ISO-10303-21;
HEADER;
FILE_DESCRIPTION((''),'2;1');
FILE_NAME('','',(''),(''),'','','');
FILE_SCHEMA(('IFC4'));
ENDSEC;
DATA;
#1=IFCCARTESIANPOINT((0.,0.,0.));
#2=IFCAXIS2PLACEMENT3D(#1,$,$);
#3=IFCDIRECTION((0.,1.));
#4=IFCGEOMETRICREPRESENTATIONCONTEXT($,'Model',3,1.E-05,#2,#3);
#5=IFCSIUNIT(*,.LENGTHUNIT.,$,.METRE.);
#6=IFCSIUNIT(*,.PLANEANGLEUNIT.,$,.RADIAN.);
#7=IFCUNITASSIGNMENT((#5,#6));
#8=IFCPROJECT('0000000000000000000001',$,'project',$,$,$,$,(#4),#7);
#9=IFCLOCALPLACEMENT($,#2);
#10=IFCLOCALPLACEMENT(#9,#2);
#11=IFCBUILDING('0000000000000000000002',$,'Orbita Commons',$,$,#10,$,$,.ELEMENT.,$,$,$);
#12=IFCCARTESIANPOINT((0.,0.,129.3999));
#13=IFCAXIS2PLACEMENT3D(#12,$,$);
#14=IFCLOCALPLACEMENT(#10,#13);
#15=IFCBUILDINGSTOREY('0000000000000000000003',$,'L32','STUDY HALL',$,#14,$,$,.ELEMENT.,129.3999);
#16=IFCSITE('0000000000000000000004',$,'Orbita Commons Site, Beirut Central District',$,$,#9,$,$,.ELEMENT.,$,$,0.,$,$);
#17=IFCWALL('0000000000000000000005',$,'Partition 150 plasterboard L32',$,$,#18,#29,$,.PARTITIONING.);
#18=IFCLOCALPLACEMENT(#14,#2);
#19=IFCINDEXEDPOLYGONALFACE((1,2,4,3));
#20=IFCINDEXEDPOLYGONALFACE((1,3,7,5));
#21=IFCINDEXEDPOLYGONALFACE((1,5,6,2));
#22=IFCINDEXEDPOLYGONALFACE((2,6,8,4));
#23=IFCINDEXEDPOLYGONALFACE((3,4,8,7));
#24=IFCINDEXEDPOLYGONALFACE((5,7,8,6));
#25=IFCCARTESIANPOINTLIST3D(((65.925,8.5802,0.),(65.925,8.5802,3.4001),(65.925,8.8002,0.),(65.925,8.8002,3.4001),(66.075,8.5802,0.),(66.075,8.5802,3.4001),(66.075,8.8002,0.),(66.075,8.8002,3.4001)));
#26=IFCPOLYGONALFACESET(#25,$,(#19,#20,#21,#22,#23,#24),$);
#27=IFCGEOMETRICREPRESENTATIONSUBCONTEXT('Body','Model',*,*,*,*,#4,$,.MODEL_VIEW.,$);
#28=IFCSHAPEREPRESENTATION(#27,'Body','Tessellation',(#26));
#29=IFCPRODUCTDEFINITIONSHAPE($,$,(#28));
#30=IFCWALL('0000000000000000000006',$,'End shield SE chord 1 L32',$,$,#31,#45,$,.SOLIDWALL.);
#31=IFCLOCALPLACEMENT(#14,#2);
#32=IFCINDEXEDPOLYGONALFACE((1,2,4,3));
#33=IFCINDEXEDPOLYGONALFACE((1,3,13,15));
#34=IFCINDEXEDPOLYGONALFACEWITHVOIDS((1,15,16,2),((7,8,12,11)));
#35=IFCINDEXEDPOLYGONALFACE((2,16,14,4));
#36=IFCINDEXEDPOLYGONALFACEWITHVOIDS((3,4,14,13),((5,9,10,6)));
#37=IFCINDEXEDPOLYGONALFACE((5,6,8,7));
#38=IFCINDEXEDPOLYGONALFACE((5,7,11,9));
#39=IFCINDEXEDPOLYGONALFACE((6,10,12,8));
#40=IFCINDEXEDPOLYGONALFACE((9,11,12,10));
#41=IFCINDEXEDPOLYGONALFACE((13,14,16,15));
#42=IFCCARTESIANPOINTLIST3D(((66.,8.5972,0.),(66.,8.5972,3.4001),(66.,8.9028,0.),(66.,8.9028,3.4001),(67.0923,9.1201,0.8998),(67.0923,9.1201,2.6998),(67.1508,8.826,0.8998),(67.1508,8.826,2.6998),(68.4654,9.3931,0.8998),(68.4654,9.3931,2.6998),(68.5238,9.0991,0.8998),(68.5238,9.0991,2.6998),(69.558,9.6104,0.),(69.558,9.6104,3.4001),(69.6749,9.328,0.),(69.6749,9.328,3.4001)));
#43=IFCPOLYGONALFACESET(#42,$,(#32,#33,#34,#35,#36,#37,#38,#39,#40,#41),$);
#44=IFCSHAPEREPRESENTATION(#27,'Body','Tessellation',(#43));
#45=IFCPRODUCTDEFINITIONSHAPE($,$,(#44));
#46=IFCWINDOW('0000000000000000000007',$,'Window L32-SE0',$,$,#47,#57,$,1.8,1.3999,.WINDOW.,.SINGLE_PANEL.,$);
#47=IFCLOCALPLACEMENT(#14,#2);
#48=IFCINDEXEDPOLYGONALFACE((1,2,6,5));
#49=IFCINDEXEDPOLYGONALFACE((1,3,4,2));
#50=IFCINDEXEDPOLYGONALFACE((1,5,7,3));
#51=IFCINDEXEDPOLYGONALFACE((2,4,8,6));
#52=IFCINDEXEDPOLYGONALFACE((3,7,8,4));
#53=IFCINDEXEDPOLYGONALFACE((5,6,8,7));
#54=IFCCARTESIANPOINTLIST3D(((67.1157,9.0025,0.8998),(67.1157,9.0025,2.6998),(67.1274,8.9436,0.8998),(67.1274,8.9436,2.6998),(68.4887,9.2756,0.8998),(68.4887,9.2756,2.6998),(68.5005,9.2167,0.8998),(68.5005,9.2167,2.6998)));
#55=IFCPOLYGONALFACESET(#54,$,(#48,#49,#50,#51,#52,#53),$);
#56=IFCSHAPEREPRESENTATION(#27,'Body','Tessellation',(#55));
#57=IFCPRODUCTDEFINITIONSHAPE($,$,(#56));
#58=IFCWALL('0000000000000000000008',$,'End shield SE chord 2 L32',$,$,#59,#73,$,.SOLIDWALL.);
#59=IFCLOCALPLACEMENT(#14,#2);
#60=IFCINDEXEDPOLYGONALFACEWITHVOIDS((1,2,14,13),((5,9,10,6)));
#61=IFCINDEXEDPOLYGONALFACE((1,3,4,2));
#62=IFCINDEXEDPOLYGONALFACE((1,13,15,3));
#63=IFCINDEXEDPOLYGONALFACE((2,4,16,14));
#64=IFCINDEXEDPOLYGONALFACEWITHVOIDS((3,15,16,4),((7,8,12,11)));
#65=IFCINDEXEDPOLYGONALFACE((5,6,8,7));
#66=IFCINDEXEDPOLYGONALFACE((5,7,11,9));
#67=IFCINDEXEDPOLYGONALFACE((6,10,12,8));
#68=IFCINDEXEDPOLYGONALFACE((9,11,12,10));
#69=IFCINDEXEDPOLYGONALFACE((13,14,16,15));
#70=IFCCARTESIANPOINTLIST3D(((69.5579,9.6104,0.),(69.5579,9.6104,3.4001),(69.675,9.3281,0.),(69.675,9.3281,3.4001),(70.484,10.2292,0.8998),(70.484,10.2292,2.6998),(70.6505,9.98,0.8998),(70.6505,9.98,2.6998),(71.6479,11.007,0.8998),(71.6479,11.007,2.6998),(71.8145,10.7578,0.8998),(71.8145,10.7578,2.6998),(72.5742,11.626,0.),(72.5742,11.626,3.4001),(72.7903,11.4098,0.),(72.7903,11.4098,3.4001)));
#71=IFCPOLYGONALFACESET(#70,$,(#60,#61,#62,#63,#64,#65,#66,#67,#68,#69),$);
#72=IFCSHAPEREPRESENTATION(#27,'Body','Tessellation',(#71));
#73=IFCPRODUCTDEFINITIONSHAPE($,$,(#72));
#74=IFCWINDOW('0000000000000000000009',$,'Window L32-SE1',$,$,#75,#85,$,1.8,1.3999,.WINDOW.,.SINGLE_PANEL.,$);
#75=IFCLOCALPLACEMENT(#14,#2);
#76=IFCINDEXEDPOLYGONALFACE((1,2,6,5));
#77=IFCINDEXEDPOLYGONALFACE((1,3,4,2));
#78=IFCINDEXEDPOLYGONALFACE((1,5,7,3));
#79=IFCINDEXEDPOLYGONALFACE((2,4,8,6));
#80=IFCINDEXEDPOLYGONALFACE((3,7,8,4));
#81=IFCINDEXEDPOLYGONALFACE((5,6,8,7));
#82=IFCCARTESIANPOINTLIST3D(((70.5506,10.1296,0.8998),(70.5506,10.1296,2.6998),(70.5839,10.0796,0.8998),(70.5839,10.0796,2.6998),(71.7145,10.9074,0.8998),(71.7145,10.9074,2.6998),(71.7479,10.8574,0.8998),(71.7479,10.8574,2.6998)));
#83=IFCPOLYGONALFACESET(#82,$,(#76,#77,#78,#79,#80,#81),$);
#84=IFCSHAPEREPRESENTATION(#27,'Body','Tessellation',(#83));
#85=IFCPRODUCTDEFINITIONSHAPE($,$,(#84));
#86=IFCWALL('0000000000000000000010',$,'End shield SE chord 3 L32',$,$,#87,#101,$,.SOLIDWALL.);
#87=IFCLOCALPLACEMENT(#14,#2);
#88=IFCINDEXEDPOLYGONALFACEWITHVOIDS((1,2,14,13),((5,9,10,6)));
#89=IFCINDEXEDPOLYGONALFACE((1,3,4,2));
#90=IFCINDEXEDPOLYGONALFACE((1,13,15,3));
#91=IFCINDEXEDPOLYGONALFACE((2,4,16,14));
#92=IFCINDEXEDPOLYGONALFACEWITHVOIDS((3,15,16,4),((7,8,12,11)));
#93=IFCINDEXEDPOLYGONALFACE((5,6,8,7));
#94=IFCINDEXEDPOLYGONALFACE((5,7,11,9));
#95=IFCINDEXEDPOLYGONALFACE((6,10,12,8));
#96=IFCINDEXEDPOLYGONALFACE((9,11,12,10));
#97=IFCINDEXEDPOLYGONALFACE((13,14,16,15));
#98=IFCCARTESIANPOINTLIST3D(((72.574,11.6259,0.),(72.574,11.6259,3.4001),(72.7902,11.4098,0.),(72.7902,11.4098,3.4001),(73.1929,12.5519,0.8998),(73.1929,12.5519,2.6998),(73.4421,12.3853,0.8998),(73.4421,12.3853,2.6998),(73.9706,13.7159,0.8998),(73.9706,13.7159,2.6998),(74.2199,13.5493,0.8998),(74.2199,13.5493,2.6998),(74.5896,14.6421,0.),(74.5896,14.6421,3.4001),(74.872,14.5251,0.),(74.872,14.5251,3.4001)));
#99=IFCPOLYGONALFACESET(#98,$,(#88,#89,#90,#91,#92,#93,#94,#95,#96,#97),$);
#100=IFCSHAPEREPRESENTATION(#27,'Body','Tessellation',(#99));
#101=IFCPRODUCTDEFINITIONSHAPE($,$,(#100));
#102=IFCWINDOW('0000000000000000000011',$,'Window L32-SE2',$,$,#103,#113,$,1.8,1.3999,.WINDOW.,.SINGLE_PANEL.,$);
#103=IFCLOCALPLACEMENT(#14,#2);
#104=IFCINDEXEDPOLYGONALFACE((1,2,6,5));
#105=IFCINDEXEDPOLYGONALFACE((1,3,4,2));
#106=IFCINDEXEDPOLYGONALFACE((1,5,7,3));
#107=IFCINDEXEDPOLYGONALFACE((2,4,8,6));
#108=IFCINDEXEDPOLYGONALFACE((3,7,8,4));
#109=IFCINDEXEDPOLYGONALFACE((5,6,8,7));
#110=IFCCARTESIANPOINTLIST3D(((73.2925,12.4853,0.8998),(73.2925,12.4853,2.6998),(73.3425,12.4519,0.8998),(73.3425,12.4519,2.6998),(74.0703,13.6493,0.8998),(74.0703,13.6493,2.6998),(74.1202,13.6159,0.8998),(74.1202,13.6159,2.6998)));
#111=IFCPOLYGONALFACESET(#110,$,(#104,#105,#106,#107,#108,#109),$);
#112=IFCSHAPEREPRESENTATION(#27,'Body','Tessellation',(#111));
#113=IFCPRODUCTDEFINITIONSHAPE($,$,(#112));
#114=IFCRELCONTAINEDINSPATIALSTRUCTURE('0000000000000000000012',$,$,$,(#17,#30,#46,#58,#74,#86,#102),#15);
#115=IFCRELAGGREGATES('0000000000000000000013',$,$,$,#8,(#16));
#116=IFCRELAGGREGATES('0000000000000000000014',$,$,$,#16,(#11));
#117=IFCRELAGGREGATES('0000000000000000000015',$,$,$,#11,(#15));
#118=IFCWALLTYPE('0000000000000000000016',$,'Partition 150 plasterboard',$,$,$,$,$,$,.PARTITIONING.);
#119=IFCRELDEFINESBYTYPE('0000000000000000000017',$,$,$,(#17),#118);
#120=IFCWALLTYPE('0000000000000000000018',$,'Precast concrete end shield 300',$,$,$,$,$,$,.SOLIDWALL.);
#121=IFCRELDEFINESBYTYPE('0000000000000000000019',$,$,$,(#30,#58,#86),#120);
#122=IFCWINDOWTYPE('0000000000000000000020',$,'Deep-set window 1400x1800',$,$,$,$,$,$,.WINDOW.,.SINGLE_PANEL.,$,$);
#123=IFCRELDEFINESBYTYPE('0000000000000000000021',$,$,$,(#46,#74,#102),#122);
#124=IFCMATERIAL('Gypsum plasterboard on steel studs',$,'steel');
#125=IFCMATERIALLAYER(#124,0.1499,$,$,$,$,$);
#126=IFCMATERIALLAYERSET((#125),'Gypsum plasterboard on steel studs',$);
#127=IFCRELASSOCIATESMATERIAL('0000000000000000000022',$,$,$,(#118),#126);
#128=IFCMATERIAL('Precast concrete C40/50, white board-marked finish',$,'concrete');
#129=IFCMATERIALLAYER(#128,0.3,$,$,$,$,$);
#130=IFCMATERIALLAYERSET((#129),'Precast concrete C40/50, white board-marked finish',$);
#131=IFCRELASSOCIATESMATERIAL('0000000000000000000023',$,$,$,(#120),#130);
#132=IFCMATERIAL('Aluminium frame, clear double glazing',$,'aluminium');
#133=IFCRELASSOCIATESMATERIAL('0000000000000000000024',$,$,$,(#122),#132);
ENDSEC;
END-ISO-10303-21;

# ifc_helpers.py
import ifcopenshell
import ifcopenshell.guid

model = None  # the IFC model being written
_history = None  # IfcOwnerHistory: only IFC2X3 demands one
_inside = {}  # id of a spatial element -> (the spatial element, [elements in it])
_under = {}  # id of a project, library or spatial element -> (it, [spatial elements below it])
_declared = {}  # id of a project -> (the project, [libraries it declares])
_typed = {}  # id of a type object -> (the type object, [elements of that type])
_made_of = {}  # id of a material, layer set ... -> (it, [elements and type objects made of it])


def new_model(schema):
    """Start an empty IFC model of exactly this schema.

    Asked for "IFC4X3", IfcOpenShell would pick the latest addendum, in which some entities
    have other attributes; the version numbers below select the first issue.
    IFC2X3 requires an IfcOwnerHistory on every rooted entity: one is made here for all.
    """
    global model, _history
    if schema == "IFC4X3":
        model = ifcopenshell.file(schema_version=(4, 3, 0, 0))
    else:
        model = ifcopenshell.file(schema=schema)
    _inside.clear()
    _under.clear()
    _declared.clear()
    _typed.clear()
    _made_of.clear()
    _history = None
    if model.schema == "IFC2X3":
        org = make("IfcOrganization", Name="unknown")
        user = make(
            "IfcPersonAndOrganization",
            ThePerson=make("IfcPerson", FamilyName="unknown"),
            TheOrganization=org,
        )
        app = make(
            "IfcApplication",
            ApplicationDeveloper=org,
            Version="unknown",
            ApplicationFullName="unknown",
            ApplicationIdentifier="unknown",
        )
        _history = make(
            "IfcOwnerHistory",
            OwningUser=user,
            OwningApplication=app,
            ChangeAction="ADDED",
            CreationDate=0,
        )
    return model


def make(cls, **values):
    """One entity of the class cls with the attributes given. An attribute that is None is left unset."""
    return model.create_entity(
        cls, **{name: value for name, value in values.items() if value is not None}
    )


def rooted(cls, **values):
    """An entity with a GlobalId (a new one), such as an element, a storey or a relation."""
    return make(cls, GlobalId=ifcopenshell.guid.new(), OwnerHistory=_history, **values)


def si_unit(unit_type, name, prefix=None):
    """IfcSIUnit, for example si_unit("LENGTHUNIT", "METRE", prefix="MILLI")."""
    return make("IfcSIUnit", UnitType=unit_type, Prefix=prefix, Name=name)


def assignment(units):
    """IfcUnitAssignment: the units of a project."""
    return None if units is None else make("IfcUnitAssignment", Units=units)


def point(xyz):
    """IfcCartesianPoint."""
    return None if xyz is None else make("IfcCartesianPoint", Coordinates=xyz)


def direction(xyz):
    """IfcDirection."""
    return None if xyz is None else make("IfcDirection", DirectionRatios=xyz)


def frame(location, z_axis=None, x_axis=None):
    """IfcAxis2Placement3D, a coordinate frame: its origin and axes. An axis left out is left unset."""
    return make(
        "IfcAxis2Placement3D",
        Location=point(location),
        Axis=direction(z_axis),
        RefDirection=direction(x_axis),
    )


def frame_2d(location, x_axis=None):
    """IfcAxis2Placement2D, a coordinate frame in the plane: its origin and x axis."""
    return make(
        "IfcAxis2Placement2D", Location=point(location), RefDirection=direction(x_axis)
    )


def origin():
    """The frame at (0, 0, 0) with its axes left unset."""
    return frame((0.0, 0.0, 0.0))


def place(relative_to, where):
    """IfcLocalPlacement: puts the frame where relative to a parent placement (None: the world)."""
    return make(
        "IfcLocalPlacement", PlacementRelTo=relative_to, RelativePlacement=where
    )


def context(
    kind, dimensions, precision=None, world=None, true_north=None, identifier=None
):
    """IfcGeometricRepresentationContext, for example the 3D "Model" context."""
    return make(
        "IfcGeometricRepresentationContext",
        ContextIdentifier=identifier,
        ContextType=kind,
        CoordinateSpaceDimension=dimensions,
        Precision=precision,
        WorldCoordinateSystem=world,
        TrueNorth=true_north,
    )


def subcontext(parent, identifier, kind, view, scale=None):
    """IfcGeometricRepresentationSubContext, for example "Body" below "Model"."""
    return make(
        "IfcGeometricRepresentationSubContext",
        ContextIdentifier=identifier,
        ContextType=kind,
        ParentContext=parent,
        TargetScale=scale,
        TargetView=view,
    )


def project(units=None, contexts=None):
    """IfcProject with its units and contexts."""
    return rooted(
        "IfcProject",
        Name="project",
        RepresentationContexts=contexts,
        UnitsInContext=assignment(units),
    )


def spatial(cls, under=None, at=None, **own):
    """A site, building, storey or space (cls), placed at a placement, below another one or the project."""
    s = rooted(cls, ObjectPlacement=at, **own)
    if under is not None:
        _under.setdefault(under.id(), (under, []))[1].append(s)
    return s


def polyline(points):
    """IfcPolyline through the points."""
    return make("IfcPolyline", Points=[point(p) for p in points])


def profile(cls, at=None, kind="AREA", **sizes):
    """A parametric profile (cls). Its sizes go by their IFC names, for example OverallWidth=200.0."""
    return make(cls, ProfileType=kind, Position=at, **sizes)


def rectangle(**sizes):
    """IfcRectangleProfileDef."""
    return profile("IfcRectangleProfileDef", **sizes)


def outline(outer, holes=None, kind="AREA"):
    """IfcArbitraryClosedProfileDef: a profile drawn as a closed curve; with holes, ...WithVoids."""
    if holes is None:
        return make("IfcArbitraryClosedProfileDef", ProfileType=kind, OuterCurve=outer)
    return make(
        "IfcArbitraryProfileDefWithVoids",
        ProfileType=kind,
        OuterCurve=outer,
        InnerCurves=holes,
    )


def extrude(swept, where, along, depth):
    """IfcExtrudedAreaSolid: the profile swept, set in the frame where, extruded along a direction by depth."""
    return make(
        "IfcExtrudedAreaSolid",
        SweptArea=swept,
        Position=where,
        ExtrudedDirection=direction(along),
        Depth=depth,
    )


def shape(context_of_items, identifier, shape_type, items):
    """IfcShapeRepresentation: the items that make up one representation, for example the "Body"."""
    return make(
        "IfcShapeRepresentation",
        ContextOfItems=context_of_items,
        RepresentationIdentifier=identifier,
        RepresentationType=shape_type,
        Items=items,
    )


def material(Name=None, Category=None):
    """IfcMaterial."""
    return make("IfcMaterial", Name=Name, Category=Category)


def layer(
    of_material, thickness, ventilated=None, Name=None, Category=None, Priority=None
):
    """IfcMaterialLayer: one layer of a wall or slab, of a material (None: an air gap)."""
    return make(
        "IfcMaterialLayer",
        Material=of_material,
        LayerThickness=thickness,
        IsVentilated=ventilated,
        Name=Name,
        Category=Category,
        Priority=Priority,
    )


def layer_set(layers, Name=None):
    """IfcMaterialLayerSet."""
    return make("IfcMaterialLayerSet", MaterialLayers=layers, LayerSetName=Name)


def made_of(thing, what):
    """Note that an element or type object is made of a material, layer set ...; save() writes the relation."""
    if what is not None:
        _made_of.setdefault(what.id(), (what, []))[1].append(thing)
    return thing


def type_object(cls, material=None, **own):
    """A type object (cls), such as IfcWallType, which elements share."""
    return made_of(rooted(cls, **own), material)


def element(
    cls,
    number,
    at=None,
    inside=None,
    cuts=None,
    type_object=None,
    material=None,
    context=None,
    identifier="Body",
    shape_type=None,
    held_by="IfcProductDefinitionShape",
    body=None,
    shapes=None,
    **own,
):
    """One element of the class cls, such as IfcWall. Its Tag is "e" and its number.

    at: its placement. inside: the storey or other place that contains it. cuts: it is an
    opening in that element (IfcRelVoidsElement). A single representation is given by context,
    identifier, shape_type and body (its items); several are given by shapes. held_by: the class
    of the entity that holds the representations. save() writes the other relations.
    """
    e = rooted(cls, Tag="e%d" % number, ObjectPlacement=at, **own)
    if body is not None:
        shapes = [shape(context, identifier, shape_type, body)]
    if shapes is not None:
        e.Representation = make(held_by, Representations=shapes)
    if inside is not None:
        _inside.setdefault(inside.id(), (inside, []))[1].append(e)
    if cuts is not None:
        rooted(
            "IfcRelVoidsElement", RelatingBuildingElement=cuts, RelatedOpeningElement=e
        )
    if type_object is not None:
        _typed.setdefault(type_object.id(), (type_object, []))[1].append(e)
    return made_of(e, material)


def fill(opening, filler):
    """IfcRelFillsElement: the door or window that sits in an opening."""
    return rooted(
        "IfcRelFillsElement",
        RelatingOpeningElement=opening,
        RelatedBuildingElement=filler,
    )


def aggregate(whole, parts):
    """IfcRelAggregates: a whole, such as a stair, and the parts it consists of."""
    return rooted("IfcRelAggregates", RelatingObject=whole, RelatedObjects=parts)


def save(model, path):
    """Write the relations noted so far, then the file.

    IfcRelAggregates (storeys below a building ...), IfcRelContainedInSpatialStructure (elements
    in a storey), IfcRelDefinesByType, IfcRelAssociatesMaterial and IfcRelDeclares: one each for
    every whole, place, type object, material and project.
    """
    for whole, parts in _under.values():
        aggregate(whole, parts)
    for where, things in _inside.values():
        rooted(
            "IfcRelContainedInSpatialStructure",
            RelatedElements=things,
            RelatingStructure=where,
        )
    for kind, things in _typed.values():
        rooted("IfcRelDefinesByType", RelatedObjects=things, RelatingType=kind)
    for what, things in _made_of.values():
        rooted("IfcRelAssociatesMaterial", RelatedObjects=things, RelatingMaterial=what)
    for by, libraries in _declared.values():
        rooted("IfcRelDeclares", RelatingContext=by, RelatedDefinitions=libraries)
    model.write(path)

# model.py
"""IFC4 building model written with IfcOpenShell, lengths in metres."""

from ifc_helpers import new_model, si_unit, direction, frame, frame_2d, origin, place, context, subcontext, project, spatial, polyline, rectangle, outline, extrude, material, layer, layer_set, type_object, element, fill, save


model = new_model("IFC4")

# Units and contexts
model_context = context("Model", 3, precision=1e-05, world=origin(), true_north=direction((0.0, 1.0)))
body_context = subcontext(model_context, "Body", "Model", "MODEL_VIEW")
ifc_project = project(units=[si_unit("LENGTHUNIT", "METRE"), si_unit("PLANEANGLEUNIT", "RADIAN")], contexts=[model_context])

# Site, building, storey
site_placement = place(None, origin())
site = spatial("IfcSite", under=ifc_project, at=site_placement, Name="Orbita Commons Site, Beirut Central District", CompositionType="ELEMENT", RefElevation=0.0)
building_placement = place(site_placement, origin())
building = spatial("IfcBuilding", under=site, at=building_placement, Name="Orbita Commons", CompositionType="ELEMENT")
storey_placement = place(building_placement, frame((0.0, 0.0, 129.3999)))
storey = spatial("IfcBuildingStorey", under=building, at=storey_placement, Name="L32", Description="STUDY HALL", CompositionType="ELEMENT", Elevation=129.3999)

# Wall
ifc_material_1 = material(Name="Gypsum plasterboard on steel studs", Category="steel")
ifc_layer_1 = layer(ifc_material_1, 0.1499)
ifc_layer_set_1 = layer_set([ifc_layer_1], Name="Gypsum plasterboard on steel studs")
wall_type_1 = type_object("IfcWallType", Name="Partition 150 plasterboard", PredefinedType="PARTITIONING", material=ifc_layer_set_1)
wall_1_placement = place(storey_placement, frame((66.0, 8.8, 0.0), z_axis=(0.0, 0.0, 1.0), x_axis=(0.0, -1.0, 0.0)))
element("IfcWall", 1, at=wall_1_placement, inside=storey, type_object=wall_type_1, Name="Partition 150 plasterboard L32", PredefinedType="PARTITIONING", context=body_context, shape_type="SweptSolid", body=[
    extrude(rectangle(XDim=0.22, YDim=0.1499, at=frame_2d((0.1099, 0.0))), origin(), (0.0, 0.0, 1.0), 3.4001),
])

# Walls, openings, windows
ifc_material_2 = material(Name="Precast concrete C40/50, white board-marked finish", Category="concrete")
ifc_layer_2 = layer(ifc_material_2, 0.3)
ifc_layer_set_2 = layer_set([ifc_layer_2], Name="Precast concrete C40/50, white board-marked finish")
wall_type_2 = type_object("IfcWallType", Name="Precast concrete end shield 300", PredefinedType="SOLIDWALL", material=ifc_layer_set_2)
wall_2_placement = place(storey_placement, frame((66.0, 8.75, 0.0), z_axis=(0.0, 0.0, 1.0), x_axis=(0.980791, 0.195059, 0.0)))
wall_2 = element("IfcWall", 2, at=wall_2_placement, inside=storey, type_object=wall_type_2, Name="End shield SE chord 1 L32", PredefinedType="SOLIDWALL", context=body_context, shape_type="SweptSolid", body=[
    extrude(outline(polyline([(-0.0298, -0.1499), (3.717, -0.1499), (3.6575, 0.1499), (0.0298, 0.1499), (-0.0298, -0.1499)])), origin(), (0.0, 0.0, 1.0), 3.4001),
])
opening_1_placement = place(wall_2_placement, frame((1.1436, 0.0, 0.8999)))
opening_1 = element("IfcOpeningElement", 3, at=opening_1_placement, cuts=wall_2, PredefinedType="OPENING", context=body_context, shape_type="SweptSolid", body=[
    extrude(rectangle(XDim=1.3999, YDim=1.8, at=frame_2d((0.7, 0.8999))), frame((0.0, 0.1599, 0.0), z_axis=(0.0, -1.0, 0.0), x_axis=(1.0, 0.0, 0.0)), (0.0, 0.0, 1.0), 0.3201),
])
ifc_material_3 = material(Name="Aluminium frame, clear double glazing", Category="aluminium")
window_type = type_object("IfcWindowType", Name="Deep-set window 1400x1800", PartitioningType="SINGLE_PANEL", PredefinedType="WINDOW", material=ifc_material_3)
window_1_placement = place(opening_1_placement, origin())
window_1 = element("IfcWindow", 4, at=window_1_placement, inside=storey, type_object=window_type, Name="Window L32-SE0", OverallHeight=1.8, OverallWidth=1.3999, PartitioningType="SINGLE_PANEL", PredefinedType="WINDOW", context=body_context, shape_type="SweptSolid", body=[
    extrude(rectangle(XDim=1.3999, YDim=1.8, at=frame_2d((0.7, 0.8999))), frame((0.0, 0.03, 0.0), z_axis=(0.0, -1.0, 0.0), x_axis=(1.0, 0.0, 0.0)), (0.0, 0.0, 1.0), 0.0601),
])
fill(opening_1, window_1)
wall_3_placement = place(storey_placement, frame((69.6165, 9.4692, 0.0), z_axis=(0.0, 0.0, 1.0), x_axis=(0.831449, 0.555601, 0.0)))
wall_3 = element("IfcWall", 5, at=wall_3_placement, inside=storey, type_object=wall_type_2, Name="End shield SE chord 2 L32", PredefinedType="SOLIDWALL", context=body_context, shape_type="SweptSolid", body=[
    extrude(outline(polyline([(-0.0298, -0.1499), (3.717, -0.1499), (3.6575, 0.1499), (0.0298, 0.1499), (-0.0298, -0.1499)])), origin(), (0.0, 0.0, 1.0), 3.4001),
])
opening_2_placement = place(wall_3_placement, frame((1.1436, 0.0, 0.8999)))
opening_2 = element("IfcOpeningElement", 6, at=opening_2_placement, cuts=wall_3, PredefinedType="OPENING", context=body_context, shape_type="SweptSolid", body=[
    extrude(rectangle(XDim=1.3999, YDim=1.8, at=frame_2d((0.7, 0.8999))), frame((0.0, 0.1599, 0.0), z_axis=(0.0, -1.0, 0.0), x_axis=(1.0, 0.0, 0.0)), (0.0, 0.0, 1.0), 0.3201),
])
window_2_placement = place(opening_2_placement, origin())
window_2 = element("IfcWindow", 7, at=window_2_placement, inside=storey, type_object=window_type, Name="Window L32-SE1", OverallHeight=1.8, OverallWidth=1.3999, PartitioningType="SINGLE_PANEL", PredefinedType="WINDOW", context=body_context, shape_type="SweptSolid", body=[
    extrude(rectangle(XDim=1.3999, YDim=1.8, at=frame_2d((0.7, 0.8999))), frame((0.0, 0.03, 0.0), z_axis=(0.0, -1.0, 0.0), x_axis=(1.0, 0.0, 0.0)), (0.0, 0.0, 1.0), 0.0601),
])
fill(opening_2, window_2)
wall_4_placement = place(storey_placement, frame((72.6821, 11.5178, 0.0), z_axis=(0.0, 0.0, 1.0), x_axis=(0.555601, 0.831449, 0.0)))
wall_4 = element("IfcWall", 8, at=wall_4_placement, inside=storey, type_object=wall_type_2, Name="End shield SE chord 3 L32", PredefinedType="SOLIDWALL", context=body_context, shape_type="SweptSolid", body=[
    extrude(outline(polyline([(-0.0298, -0.1499), (3.717, -0.1499), (3.6575, 0.1499), (0.0298, 0.1499), (-0.0298, -0.1499)])), origin(), (0.0, 0.0, 1.0), 3.4001),
])
opening_3_placement = place(wall_4_placement, frame((1.1436, 0.0, 0.8999)))
opening_3 = element("IfcOpeningElement", 9, at=opening_3_placement, cuts=wall_4, PredefinedType="OPENING", context=body_context, shape_type="SweptSolid", body=[
    extrude(rectangle(XDim=1.3999, YDim=1.8, at=frame_2d((0.7, 0.8999))), frame((0.0, 0.1599, 0.0), z_axis=(0.0, -1.0, 0.0), x_axis=(1.0, 0.0, 0.0)), (0.0, 0.0, 1.0), 0.3201),
])
window_3_placement = place(opening_3_placement, origin())
window_3 = element("IfcWindow", 10, at=window_3_placement, inside=storey, type_object=window_type, Name="Window L32-SE2", OverallHeight=1.8, OverallWidth=1.3999, PartitioningType="SINGLE_PANEL", PredefinedType="WINDOW", context=body_context, shape_type="SweptSolid", body=[
    extrude(rectangle(XDim=1.3999, YDim=1.8, at=frame_2d((0.7, 0.8999))), frame((0.0, 0.03, 0.0), z_axis=(0.0, -1.0, 0.0), x_axis=(1.0, 0.0, 0.0)), (0.0, 0.0, 1.0), 0.0601),
])
fill(opening_3, window_3)

save(model, "model.ifc")
